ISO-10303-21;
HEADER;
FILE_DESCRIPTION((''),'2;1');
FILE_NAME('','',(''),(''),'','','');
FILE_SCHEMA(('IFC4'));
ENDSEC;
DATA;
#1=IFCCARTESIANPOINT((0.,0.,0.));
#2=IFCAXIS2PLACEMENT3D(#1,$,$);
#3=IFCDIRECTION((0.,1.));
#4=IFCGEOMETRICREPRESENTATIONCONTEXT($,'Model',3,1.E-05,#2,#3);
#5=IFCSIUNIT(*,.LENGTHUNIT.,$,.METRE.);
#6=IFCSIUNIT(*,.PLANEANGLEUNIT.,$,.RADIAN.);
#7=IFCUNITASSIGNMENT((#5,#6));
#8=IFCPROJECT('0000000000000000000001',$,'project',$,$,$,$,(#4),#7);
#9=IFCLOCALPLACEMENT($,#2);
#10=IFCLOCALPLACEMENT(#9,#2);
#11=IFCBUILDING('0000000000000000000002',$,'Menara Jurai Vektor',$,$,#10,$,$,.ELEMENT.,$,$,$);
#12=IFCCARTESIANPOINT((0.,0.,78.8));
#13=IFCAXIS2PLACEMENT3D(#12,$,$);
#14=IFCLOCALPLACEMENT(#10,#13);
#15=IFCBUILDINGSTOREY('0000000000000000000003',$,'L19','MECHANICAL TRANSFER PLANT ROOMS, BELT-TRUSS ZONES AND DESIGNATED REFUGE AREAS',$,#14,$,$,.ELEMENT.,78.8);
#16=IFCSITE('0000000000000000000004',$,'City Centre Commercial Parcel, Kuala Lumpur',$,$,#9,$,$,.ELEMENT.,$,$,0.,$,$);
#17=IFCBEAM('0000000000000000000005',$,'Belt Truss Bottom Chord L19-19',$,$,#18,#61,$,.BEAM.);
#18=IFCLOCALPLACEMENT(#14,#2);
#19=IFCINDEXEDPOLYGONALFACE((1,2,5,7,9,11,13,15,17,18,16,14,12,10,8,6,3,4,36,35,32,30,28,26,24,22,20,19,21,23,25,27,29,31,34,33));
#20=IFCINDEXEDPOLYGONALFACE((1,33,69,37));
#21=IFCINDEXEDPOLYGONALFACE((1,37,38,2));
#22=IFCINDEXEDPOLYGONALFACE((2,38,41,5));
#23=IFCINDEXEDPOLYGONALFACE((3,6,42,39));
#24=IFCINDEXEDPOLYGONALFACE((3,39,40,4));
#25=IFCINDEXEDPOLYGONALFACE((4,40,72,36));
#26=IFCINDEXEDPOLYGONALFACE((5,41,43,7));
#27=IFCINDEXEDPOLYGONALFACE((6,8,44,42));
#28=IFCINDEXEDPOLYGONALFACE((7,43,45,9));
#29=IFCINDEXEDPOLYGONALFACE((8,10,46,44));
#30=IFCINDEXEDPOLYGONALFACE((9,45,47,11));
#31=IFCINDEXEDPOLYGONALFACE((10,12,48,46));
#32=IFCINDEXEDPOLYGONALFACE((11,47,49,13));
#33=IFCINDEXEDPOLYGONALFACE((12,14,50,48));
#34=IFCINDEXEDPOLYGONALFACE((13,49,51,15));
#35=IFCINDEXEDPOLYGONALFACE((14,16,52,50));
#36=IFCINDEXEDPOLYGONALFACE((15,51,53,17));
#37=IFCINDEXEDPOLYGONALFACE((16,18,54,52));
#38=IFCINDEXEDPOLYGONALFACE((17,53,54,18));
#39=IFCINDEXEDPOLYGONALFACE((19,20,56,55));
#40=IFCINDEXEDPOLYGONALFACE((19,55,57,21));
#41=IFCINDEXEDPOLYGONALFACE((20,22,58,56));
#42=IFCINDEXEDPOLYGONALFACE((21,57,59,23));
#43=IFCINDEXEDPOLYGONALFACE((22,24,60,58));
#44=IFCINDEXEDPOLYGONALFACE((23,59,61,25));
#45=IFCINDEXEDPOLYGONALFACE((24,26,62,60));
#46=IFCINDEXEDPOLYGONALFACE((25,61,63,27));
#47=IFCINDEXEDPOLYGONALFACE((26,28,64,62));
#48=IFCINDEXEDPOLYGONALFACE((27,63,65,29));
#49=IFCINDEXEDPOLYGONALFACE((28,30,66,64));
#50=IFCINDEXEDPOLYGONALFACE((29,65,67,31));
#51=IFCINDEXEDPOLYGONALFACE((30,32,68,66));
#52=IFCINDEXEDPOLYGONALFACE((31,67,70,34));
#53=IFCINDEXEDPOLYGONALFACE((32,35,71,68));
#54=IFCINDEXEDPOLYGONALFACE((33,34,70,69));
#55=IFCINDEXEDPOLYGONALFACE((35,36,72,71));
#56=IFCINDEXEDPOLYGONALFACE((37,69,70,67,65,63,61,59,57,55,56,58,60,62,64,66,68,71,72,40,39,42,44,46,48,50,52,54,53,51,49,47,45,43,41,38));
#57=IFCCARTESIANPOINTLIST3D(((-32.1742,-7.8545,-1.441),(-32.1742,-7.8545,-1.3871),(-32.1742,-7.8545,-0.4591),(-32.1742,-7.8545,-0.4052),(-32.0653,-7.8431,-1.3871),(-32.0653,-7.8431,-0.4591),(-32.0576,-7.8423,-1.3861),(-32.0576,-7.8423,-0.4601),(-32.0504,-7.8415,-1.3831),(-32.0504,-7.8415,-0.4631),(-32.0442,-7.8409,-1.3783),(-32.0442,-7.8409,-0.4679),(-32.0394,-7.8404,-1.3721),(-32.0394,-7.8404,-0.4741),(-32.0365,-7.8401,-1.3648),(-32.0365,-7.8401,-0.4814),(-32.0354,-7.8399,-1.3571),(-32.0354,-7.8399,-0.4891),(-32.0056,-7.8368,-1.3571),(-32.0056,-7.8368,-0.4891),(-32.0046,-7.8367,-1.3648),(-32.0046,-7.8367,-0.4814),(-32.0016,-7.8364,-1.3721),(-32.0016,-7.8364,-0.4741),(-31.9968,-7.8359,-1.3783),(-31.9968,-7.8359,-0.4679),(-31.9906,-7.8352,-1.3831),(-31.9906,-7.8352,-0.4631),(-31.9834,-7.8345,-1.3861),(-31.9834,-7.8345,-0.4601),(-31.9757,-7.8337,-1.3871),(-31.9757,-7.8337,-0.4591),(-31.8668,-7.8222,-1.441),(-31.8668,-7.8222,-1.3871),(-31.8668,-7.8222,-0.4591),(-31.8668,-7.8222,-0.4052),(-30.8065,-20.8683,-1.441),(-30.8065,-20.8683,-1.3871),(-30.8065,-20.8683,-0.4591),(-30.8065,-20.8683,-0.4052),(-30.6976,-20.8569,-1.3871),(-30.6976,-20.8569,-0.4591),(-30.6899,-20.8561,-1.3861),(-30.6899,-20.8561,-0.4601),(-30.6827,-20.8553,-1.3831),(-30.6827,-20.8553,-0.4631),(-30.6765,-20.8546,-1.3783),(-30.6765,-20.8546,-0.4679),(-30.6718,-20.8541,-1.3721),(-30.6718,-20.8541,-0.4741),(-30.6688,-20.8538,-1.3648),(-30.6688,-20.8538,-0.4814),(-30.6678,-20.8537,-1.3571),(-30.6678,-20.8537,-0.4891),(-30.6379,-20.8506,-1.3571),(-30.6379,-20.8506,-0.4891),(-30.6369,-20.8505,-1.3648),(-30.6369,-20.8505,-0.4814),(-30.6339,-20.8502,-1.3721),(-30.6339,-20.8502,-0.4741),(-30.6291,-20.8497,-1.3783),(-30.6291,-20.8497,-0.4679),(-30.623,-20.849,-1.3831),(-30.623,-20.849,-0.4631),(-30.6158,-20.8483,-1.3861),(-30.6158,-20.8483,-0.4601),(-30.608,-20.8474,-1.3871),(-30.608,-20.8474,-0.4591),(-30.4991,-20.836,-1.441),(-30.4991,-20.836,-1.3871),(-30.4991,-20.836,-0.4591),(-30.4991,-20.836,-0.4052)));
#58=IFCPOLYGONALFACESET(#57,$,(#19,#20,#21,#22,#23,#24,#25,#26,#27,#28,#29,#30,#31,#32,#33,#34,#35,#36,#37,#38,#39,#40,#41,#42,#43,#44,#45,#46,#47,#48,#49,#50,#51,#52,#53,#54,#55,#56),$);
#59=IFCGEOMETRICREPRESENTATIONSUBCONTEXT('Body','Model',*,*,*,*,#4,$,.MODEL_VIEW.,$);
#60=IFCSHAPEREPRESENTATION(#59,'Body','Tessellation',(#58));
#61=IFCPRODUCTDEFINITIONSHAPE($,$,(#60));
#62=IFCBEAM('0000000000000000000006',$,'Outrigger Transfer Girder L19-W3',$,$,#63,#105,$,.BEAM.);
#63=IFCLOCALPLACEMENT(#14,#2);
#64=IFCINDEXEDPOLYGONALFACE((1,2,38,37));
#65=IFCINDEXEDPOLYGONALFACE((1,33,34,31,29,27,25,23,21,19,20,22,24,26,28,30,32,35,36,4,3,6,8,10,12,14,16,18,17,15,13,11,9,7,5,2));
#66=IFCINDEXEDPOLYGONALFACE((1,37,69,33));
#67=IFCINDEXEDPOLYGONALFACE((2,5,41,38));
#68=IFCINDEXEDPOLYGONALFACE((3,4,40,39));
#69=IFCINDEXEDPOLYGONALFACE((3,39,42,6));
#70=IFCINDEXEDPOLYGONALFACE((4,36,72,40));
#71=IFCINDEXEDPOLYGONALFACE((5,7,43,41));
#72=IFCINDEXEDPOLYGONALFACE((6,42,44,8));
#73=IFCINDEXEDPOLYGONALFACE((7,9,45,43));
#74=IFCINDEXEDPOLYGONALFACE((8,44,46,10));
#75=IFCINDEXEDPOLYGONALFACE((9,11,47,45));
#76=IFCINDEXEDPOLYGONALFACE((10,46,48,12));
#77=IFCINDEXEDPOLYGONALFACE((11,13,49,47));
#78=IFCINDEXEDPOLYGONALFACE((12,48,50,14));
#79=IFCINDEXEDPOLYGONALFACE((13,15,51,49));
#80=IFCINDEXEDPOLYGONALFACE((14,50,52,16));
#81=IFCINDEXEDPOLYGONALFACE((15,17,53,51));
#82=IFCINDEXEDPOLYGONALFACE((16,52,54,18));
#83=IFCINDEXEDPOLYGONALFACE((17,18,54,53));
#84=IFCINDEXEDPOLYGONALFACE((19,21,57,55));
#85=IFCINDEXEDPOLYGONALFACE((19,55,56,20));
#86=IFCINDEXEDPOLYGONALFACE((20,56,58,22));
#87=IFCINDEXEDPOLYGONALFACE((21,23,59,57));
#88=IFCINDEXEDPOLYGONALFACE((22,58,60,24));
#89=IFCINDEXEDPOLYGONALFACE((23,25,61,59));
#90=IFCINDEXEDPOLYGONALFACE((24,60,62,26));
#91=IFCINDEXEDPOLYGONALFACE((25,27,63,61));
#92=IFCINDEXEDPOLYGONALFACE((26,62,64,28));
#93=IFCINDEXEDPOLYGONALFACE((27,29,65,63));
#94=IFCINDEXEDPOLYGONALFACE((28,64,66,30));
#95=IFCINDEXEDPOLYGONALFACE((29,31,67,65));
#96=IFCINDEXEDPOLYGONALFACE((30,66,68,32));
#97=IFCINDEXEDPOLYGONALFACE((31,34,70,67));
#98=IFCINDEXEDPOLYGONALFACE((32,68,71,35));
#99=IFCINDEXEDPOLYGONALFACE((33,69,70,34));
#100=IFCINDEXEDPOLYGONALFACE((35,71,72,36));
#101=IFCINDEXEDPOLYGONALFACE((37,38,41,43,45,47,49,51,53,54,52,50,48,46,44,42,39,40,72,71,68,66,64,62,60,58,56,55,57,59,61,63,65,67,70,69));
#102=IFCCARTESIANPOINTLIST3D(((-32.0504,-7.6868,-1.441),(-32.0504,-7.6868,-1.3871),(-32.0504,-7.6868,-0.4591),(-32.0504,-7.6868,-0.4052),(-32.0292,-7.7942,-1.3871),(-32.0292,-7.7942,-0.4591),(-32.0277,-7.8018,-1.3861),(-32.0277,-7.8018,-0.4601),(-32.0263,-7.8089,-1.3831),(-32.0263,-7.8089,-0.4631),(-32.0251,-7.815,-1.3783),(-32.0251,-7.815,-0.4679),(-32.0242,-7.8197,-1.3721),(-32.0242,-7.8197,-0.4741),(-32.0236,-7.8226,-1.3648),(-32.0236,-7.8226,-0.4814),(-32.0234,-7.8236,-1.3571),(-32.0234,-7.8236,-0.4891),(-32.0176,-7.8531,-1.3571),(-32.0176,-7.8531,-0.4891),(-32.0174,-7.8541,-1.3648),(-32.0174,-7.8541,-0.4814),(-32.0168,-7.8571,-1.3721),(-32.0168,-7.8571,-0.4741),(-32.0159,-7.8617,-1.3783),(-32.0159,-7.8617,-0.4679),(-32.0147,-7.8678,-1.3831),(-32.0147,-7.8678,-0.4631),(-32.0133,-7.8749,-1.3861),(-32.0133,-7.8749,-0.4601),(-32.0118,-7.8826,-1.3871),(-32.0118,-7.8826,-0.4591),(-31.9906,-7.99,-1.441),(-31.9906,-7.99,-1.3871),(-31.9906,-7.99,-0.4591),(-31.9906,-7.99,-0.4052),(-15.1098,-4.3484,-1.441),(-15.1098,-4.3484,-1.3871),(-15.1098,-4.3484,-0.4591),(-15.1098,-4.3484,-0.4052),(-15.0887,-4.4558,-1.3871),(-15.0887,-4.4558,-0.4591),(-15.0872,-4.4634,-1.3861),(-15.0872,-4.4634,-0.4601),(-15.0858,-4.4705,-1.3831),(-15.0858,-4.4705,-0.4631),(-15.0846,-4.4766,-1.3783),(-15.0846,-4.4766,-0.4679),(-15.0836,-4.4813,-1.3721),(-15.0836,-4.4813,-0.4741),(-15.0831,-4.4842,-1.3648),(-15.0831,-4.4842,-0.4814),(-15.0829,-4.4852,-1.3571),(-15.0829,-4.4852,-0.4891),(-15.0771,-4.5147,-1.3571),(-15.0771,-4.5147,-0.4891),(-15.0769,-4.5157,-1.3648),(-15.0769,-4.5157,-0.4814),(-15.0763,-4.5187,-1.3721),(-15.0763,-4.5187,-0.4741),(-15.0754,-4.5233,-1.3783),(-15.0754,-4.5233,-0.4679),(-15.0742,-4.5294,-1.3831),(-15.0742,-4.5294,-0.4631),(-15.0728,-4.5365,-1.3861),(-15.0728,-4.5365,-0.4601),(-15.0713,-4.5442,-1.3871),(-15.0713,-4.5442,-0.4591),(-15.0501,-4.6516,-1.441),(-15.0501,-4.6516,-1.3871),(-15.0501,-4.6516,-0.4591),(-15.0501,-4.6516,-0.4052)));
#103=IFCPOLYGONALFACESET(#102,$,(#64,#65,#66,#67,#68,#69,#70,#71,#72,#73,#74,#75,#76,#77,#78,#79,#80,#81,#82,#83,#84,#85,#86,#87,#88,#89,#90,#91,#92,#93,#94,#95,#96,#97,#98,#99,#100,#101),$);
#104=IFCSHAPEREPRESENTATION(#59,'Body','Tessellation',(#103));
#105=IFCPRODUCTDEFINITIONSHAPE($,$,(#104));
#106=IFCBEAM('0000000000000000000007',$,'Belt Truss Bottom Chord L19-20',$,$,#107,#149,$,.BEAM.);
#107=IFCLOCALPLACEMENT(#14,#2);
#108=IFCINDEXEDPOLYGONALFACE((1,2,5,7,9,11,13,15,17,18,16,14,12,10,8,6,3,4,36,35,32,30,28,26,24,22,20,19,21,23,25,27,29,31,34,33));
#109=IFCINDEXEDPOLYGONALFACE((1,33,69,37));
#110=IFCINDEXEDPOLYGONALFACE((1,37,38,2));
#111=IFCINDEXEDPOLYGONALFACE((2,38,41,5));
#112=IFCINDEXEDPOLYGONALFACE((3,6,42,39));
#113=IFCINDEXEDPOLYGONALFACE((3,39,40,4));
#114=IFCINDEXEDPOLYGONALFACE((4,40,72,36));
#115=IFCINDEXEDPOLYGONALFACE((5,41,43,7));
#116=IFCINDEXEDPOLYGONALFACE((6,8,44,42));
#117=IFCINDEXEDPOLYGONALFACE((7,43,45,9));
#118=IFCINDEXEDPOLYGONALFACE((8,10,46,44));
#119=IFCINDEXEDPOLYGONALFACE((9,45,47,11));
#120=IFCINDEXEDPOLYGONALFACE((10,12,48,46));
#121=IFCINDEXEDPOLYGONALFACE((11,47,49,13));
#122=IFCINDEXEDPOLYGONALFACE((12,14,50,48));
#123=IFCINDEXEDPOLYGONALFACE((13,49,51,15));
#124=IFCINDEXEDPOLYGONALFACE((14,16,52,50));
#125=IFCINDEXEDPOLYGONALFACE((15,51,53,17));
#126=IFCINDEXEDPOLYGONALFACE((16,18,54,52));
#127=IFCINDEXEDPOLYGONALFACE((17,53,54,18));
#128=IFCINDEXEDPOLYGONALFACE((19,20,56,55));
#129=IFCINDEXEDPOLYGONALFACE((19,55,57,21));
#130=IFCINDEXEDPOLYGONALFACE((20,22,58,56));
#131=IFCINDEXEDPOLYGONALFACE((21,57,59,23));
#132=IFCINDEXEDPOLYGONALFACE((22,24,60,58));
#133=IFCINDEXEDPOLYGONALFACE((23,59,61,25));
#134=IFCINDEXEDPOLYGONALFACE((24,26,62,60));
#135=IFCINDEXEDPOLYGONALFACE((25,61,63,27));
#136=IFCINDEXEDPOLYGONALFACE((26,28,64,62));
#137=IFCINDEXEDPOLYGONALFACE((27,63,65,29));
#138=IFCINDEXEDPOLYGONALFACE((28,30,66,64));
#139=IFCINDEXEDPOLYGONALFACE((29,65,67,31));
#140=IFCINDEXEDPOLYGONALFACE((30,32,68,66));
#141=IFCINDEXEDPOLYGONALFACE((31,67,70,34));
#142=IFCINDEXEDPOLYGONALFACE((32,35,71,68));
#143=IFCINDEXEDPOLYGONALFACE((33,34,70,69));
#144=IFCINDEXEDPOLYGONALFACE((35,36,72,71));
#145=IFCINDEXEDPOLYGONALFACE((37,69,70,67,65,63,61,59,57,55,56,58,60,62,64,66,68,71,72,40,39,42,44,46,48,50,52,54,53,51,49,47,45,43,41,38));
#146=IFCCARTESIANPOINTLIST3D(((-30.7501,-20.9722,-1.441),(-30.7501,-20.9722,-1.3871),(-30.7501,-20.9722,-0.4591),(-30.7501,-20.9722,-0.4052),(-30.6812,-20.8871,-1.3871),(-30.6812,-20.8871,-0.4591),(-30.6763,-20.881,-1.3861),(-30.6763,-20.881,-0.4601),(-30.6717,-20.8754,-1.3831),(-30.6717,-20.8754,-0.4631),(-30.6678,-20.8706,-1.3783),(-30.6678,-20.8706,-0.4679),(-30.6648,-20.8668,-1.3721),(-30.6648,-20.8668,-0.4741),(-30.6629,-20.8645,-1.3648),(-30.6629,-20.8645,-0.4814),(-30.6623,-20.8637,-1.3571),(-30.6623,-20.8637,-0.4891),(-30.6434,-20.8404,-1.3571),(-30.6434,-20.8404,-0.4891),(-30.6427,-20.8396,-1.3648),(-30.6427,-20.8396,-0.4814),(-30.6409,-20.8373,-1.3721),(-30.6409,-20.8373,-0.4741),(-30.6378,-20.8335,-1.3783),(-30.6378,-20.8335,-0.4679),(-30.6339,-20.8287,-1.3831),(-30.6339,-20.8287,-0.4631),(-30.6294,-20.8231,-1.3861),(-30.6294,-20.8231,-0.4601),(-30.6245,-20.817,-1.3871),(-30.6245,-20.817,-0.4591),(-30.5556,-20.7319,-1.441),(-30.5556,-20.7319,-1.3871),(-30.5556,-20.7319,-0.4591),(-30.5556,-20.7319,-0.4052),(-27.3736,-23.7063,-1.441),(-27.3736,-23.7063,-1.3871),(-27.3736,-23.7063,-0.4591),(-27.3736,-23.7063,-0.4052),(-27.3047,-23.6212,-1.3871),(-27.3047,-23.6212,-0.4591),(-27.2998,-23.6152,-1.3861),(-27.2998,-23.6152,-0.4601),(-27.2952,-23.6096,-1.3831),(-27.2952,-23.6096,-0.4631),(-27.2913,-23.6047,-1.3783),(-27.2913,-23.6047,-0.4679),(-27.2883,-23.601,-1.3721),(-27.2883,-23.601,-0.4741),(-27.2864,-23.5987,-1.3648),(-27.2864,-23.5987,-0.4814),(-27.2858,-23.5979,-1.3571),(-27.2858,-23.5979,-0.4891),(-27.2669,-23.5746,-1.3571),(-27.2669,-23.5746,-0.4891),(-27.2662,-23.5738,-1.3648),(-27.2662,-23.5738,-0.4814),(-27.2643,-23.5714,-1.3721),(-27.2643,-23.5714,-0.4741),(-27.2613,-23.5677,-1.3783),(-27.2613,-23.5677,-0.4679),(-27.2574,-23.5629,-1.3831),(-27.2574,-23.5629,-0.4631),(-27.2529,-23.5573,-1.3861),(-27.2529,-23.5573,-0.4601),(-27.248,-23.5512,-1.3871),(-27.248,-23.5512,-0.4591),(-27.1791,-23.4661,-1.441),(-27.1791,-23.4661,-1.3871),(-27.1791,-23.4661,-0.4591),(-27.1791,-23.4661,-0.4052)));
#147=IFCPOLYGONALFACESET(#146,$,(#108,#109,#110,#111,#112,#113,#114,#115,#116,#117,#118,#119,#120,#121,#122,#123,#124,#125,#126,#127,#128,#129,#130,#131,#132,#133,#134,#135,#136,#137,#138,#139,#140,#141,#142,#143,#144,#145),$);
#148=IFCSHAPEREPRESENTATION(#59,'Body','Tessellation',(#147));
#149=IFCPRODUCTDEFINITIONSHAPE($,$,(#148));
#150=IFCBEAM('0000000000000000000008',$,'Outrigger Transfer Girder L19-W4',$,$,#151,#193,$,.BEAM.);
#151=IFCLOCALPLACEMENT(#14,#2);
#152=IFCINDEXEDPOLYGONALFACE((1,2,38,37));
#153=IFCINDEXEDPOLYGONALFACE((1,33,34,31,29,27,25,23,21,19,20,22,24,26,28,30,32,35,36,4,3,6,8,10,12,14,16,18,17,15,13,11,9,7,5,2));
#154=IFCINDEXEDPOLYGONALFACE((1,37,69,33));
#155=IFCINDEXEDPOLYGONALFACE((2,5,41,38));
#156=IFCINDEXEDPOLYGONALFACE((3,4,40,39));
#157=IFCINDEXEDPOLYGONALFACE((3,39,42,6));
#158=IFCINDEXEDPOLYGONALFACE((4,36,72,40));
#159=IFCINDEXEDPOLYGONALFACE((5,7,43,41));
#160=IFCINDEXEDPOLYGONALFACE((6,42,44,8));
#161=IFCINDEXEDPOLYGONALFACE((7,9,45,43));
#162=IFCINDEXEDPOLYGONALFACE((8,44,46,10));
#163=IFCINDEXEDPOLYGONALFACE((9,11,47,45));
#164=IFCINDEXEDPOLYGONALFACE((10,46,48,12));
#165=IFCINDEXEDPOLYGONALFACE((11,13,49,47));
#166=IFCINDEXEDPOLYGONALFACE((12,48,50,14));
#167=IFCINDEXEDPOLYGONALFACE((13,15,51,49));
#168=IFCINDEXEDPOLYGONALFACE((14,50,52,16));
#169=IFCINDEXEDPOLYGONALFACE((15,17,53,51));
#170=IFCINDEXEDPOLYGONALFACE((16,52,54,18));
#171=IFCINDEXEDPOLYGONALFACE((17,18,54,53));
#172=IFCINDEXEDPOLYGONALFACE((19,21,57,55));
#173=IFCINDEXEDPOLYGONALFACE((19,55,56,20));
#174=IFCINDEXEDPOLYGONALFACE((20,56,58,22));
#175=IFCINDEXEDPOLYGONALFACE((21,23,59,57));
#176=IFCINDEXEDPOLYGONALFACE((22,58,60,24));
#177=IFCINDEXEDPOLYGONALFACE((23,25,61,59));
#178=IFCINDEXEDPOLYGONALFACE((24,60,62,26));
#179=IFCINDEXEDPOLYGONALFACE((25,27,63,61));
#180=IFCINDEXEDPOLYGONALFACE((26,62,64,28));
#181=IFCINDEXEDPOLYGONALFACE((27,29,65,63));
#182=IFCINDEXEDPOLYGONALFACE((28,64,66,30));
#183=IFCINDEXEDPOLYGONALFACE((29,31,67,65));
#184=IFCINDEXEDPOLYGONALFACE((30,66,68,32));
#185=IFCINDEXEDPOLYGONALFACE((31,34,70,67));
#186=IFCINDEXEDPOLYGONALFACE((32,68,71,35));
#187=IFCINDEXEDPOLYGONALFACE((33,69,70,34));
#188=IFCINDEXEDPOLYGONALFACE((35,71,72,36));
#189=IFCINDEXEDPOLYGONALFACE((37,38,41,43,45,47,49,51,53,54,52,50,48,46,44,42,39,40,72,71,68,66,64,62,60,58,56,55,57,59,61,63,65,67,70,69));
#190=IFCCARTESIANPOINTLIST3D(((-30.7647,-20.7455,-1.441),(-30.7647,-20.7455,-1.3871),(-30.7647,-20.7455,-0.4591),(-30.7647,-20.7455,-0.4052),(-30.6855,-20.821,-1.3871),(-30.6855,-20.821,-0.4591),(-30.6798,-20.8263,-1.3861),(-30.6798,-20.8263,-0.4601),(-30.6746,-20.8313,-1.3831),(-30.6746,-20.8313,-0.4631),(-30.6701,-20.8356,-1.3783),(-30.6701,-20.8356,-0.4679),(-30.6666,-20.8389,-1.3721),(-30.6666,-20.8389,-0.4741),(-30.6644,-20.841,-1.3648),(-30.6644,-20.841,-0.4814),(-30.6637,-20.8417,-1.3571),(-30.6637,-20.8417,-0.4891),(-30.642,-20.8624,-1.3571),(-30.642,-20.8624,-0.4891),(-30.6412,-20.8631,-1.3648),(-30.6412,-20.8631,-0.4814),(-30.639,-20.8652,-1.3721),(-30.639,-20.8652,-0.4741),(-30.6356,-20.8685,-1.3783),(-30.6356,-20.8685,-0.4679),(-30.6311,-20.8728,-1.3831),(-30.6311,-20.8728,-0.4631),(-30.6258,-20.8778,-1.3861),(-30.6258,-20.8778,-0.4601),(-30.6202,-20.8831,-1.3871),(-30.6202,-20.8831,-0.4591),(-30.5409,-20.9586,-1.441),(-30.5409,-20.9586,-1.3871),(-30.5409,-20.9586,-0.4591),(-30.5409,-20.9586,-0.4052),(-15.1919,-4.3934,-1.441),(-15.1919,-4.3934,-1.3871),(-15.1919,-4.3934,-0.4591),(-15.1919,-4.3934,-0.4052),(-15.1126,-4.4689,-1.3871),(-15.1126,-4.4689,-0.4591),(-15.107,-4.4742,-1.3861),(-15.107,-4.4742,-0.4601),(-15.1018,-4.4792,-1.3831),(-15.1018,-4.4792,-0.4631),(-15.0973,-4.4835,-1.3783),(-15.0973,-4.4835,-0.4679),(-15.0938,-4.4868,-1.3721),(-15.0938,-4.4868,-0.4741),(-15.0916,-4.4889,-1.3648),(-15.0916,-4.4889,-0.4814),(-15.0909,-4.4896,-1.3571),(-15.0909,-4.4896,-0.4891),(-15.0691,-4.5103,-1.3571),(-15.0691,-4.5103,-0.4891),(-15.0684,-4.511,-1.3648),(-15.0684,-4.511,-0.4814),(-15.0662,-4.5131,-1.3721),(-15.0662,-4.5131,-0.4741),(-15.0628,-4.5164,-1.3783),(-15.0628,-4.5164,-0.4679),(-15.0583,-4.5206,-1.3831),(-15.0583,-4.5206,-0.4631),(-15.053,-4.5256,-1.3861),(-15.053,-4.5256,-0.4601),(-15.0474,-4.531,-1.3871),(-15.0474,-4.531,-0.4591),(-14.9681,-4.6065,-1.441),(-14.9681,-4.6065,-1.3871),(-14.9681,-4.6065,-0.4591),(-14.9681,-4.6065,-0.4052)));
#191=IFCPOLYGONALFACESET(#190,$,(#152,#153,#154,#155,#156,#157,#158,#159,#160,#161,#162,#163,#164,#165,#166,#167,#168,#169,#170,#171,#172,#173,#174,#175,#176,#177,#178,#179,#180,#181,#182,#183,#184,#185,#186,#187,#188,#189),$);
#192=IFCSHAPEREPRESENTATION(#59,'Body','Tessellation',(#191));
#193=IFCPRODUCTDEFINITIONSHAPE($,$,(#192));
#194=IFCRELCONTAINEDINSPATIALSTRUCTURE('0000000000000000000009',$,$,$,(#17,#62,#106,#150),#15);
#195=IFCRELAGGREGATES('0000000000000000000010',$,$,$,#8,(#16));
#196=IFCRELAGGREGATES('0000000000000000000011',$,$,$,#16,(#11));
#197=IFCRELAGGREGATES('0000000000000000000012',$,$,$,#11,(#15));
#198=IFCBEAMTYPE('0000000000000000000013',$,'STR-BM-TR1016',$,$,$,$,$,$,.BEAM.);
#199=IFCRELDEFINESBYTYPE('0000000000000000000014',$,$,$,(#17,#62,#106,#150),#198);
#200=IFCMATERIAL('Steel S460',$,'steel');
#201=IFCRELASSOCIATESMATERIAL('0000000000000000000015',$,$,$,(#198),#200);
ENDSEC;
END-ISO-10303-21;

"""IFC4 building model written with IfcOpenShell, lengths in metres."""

from ifc_helpers import new_model, si_unit, direction, frame, origin, origin_2d, place, context, subcontext, project, spatial, i_section, extrude, material, material_profile, profile_set, type_object, element, save


model = new_model("IFC4")

# Units and contexts
model_context = context("Model", 3, precision=1e-05, world=origin(), true_north=direction((0.0, 1.0)))
body_context = subcontext(model_context, "Body", "Model", "MODEL_VIEW")
ifc_project = project(units=[si_unit("LENGTHUNIT", "METRE"), si_unit("PLANEANGLEUNIT", "RADIAN")], contexts=[model_context])

# Site, building, storey
site_placement = place(None, origin())
site = spatial("IfcSite", under=ifc_project, at=site_placement, Name="City Centre Commercial Parcel, Kuala Lumpur", CompositionType="ELEMENT", RefElevation=0.0)
building_placement = place(site_placement, origin())
building = spatial("IfcBuilding", under=site, at=building_placement, Name="Menara Jurai Vektor", CompositionType="ELEMENT")
storey_placement = place(building_placement, frame((0.0, 0.0, 78.8)))
storey = spatial("IfcBuildingStorey", under=building, at=storey_placement, Name="L19", Description="MECHANICAL TRANSFER PLANT ROOMS, BELT-TRUSS ZONES AND DESIGNATED REFUGE AREAS", CompositionType="ELEMENT", Elevation=78.8)

# Shared definitions
ifc_material_1 = material(Name="Steel S460", Category="steel")

# Beams
ifc_material_profile_1 = material_profile(ifc_material_1, i_section(OverallWidth=0.3091, OverallDepth=1.0359, WebThickness=0.03, FlangeThickness=0.054, FilletRadius=0.03, at=origin_2d()), Name="UKB 1016x305x487")
ifc_profile_set_1 = profile_set([ifc_material_profile_1], Name="Steel S460")
beam_type_1 = type_object("IfcBeamType", Name="STR-BM-TR1016", PredefinedType="BEAM", material=ifc_profile_set_1)
beam_1_placement = place(storey_placement, frame((-32.0205, -7.8384, -0.9231), z_axis=(0.10452, -0.994523, 0.0), x_axis=(0.994523, 0.10452, 0.0)))
element("IfcBeam", 1, at=beam_1_placement, inside=storey, type_object=beam_type_1, Name="Belt Truss Bottom Chord L19-19", PredefinedType="BEAM", context=body_context, shape_type="SweptSolid", body=[
    extrude(i_section(OverallWidth=0.3091, OverallDepth=1.0359, WebThickness=0.03, FlangeThickness=0.054, FilletRadius=0.03, at=origin_2d()), origin(), (0.0, 0.0, 1.0), 13.0854),
])
beam_2_placement = place(storey_placement, frame((-32.0205, -7.8384, -0.9231), z_axis=(0.98113, 0.193347, 0.0), x_axis=(-0.193347, 0.98113, 0.0)))
element("IfcBeam", 2, at=beam_2_placement, inside=storey, type_object=beam_type_1, Name="Outrigger Transfer Girder L19-W3", PredefinedType="BEAM", context=body_context, shape_type="SweptSolid", body=[
    extrude(i_section(OverallWidth=0.3091, OverallDepth=1.0359, WebThickness=0.03, FlangeThickness=0.054, FilletRadius=0.03, at=origin_2d()), origin(), (0.0, 0.0, 1.0), 17.2664),
])
beam_3_placement = place(storey_placement, frame((-30.6528, -20.8521, -0.9231), z_axis=(0.777155, -0.62931, 0.0), x_axis=(0.62931, 0.777155, 0.0)))
element("IfcBeam", 3, at=beam_3_placement, inside=storey, type_object=beam_type_1, Name="Belt Truss Bottom Chord L19-20", PredefinedType="BEAM", context=body_context, shape_type="SweptSolid", body=[
    extrude(i_section(OverallWidth=0.3091, OverallDepth=1.0359, WebThickness=0.03, FlangeThickness=0.054, FilletRadius=0.03, at=origin_2d()), origin(), (0.0, 0.0, 1.0), 4.3447),
])
beam_4_placement = place(storey_placement, frame((-30.6528, -20.8521, -0.9231), z_axis=(0.689641, 0.724152, 0.0), x_axis=(-0.724152, 0.689641, 0.0)))
element("IfcBeam", 4, at=beam_4_placement, inside=storey, type_object=beam_type_1, Name="Outrigger Transfer Girder L19-W4", PredefinedType="BEAM", context=body_context, shape_type="SweptSolid", body=[
    extrude(i_section(OverallWidth=0.3091, OverallDepth=1.0359, WebThickness=0.03, FlangeThickness=0.054, FilletRadius=0.03, at=origin_2d()), origin(), (0.0, 0.0, 1.0), 22.5811),
])

save(model, "model.ifc")
